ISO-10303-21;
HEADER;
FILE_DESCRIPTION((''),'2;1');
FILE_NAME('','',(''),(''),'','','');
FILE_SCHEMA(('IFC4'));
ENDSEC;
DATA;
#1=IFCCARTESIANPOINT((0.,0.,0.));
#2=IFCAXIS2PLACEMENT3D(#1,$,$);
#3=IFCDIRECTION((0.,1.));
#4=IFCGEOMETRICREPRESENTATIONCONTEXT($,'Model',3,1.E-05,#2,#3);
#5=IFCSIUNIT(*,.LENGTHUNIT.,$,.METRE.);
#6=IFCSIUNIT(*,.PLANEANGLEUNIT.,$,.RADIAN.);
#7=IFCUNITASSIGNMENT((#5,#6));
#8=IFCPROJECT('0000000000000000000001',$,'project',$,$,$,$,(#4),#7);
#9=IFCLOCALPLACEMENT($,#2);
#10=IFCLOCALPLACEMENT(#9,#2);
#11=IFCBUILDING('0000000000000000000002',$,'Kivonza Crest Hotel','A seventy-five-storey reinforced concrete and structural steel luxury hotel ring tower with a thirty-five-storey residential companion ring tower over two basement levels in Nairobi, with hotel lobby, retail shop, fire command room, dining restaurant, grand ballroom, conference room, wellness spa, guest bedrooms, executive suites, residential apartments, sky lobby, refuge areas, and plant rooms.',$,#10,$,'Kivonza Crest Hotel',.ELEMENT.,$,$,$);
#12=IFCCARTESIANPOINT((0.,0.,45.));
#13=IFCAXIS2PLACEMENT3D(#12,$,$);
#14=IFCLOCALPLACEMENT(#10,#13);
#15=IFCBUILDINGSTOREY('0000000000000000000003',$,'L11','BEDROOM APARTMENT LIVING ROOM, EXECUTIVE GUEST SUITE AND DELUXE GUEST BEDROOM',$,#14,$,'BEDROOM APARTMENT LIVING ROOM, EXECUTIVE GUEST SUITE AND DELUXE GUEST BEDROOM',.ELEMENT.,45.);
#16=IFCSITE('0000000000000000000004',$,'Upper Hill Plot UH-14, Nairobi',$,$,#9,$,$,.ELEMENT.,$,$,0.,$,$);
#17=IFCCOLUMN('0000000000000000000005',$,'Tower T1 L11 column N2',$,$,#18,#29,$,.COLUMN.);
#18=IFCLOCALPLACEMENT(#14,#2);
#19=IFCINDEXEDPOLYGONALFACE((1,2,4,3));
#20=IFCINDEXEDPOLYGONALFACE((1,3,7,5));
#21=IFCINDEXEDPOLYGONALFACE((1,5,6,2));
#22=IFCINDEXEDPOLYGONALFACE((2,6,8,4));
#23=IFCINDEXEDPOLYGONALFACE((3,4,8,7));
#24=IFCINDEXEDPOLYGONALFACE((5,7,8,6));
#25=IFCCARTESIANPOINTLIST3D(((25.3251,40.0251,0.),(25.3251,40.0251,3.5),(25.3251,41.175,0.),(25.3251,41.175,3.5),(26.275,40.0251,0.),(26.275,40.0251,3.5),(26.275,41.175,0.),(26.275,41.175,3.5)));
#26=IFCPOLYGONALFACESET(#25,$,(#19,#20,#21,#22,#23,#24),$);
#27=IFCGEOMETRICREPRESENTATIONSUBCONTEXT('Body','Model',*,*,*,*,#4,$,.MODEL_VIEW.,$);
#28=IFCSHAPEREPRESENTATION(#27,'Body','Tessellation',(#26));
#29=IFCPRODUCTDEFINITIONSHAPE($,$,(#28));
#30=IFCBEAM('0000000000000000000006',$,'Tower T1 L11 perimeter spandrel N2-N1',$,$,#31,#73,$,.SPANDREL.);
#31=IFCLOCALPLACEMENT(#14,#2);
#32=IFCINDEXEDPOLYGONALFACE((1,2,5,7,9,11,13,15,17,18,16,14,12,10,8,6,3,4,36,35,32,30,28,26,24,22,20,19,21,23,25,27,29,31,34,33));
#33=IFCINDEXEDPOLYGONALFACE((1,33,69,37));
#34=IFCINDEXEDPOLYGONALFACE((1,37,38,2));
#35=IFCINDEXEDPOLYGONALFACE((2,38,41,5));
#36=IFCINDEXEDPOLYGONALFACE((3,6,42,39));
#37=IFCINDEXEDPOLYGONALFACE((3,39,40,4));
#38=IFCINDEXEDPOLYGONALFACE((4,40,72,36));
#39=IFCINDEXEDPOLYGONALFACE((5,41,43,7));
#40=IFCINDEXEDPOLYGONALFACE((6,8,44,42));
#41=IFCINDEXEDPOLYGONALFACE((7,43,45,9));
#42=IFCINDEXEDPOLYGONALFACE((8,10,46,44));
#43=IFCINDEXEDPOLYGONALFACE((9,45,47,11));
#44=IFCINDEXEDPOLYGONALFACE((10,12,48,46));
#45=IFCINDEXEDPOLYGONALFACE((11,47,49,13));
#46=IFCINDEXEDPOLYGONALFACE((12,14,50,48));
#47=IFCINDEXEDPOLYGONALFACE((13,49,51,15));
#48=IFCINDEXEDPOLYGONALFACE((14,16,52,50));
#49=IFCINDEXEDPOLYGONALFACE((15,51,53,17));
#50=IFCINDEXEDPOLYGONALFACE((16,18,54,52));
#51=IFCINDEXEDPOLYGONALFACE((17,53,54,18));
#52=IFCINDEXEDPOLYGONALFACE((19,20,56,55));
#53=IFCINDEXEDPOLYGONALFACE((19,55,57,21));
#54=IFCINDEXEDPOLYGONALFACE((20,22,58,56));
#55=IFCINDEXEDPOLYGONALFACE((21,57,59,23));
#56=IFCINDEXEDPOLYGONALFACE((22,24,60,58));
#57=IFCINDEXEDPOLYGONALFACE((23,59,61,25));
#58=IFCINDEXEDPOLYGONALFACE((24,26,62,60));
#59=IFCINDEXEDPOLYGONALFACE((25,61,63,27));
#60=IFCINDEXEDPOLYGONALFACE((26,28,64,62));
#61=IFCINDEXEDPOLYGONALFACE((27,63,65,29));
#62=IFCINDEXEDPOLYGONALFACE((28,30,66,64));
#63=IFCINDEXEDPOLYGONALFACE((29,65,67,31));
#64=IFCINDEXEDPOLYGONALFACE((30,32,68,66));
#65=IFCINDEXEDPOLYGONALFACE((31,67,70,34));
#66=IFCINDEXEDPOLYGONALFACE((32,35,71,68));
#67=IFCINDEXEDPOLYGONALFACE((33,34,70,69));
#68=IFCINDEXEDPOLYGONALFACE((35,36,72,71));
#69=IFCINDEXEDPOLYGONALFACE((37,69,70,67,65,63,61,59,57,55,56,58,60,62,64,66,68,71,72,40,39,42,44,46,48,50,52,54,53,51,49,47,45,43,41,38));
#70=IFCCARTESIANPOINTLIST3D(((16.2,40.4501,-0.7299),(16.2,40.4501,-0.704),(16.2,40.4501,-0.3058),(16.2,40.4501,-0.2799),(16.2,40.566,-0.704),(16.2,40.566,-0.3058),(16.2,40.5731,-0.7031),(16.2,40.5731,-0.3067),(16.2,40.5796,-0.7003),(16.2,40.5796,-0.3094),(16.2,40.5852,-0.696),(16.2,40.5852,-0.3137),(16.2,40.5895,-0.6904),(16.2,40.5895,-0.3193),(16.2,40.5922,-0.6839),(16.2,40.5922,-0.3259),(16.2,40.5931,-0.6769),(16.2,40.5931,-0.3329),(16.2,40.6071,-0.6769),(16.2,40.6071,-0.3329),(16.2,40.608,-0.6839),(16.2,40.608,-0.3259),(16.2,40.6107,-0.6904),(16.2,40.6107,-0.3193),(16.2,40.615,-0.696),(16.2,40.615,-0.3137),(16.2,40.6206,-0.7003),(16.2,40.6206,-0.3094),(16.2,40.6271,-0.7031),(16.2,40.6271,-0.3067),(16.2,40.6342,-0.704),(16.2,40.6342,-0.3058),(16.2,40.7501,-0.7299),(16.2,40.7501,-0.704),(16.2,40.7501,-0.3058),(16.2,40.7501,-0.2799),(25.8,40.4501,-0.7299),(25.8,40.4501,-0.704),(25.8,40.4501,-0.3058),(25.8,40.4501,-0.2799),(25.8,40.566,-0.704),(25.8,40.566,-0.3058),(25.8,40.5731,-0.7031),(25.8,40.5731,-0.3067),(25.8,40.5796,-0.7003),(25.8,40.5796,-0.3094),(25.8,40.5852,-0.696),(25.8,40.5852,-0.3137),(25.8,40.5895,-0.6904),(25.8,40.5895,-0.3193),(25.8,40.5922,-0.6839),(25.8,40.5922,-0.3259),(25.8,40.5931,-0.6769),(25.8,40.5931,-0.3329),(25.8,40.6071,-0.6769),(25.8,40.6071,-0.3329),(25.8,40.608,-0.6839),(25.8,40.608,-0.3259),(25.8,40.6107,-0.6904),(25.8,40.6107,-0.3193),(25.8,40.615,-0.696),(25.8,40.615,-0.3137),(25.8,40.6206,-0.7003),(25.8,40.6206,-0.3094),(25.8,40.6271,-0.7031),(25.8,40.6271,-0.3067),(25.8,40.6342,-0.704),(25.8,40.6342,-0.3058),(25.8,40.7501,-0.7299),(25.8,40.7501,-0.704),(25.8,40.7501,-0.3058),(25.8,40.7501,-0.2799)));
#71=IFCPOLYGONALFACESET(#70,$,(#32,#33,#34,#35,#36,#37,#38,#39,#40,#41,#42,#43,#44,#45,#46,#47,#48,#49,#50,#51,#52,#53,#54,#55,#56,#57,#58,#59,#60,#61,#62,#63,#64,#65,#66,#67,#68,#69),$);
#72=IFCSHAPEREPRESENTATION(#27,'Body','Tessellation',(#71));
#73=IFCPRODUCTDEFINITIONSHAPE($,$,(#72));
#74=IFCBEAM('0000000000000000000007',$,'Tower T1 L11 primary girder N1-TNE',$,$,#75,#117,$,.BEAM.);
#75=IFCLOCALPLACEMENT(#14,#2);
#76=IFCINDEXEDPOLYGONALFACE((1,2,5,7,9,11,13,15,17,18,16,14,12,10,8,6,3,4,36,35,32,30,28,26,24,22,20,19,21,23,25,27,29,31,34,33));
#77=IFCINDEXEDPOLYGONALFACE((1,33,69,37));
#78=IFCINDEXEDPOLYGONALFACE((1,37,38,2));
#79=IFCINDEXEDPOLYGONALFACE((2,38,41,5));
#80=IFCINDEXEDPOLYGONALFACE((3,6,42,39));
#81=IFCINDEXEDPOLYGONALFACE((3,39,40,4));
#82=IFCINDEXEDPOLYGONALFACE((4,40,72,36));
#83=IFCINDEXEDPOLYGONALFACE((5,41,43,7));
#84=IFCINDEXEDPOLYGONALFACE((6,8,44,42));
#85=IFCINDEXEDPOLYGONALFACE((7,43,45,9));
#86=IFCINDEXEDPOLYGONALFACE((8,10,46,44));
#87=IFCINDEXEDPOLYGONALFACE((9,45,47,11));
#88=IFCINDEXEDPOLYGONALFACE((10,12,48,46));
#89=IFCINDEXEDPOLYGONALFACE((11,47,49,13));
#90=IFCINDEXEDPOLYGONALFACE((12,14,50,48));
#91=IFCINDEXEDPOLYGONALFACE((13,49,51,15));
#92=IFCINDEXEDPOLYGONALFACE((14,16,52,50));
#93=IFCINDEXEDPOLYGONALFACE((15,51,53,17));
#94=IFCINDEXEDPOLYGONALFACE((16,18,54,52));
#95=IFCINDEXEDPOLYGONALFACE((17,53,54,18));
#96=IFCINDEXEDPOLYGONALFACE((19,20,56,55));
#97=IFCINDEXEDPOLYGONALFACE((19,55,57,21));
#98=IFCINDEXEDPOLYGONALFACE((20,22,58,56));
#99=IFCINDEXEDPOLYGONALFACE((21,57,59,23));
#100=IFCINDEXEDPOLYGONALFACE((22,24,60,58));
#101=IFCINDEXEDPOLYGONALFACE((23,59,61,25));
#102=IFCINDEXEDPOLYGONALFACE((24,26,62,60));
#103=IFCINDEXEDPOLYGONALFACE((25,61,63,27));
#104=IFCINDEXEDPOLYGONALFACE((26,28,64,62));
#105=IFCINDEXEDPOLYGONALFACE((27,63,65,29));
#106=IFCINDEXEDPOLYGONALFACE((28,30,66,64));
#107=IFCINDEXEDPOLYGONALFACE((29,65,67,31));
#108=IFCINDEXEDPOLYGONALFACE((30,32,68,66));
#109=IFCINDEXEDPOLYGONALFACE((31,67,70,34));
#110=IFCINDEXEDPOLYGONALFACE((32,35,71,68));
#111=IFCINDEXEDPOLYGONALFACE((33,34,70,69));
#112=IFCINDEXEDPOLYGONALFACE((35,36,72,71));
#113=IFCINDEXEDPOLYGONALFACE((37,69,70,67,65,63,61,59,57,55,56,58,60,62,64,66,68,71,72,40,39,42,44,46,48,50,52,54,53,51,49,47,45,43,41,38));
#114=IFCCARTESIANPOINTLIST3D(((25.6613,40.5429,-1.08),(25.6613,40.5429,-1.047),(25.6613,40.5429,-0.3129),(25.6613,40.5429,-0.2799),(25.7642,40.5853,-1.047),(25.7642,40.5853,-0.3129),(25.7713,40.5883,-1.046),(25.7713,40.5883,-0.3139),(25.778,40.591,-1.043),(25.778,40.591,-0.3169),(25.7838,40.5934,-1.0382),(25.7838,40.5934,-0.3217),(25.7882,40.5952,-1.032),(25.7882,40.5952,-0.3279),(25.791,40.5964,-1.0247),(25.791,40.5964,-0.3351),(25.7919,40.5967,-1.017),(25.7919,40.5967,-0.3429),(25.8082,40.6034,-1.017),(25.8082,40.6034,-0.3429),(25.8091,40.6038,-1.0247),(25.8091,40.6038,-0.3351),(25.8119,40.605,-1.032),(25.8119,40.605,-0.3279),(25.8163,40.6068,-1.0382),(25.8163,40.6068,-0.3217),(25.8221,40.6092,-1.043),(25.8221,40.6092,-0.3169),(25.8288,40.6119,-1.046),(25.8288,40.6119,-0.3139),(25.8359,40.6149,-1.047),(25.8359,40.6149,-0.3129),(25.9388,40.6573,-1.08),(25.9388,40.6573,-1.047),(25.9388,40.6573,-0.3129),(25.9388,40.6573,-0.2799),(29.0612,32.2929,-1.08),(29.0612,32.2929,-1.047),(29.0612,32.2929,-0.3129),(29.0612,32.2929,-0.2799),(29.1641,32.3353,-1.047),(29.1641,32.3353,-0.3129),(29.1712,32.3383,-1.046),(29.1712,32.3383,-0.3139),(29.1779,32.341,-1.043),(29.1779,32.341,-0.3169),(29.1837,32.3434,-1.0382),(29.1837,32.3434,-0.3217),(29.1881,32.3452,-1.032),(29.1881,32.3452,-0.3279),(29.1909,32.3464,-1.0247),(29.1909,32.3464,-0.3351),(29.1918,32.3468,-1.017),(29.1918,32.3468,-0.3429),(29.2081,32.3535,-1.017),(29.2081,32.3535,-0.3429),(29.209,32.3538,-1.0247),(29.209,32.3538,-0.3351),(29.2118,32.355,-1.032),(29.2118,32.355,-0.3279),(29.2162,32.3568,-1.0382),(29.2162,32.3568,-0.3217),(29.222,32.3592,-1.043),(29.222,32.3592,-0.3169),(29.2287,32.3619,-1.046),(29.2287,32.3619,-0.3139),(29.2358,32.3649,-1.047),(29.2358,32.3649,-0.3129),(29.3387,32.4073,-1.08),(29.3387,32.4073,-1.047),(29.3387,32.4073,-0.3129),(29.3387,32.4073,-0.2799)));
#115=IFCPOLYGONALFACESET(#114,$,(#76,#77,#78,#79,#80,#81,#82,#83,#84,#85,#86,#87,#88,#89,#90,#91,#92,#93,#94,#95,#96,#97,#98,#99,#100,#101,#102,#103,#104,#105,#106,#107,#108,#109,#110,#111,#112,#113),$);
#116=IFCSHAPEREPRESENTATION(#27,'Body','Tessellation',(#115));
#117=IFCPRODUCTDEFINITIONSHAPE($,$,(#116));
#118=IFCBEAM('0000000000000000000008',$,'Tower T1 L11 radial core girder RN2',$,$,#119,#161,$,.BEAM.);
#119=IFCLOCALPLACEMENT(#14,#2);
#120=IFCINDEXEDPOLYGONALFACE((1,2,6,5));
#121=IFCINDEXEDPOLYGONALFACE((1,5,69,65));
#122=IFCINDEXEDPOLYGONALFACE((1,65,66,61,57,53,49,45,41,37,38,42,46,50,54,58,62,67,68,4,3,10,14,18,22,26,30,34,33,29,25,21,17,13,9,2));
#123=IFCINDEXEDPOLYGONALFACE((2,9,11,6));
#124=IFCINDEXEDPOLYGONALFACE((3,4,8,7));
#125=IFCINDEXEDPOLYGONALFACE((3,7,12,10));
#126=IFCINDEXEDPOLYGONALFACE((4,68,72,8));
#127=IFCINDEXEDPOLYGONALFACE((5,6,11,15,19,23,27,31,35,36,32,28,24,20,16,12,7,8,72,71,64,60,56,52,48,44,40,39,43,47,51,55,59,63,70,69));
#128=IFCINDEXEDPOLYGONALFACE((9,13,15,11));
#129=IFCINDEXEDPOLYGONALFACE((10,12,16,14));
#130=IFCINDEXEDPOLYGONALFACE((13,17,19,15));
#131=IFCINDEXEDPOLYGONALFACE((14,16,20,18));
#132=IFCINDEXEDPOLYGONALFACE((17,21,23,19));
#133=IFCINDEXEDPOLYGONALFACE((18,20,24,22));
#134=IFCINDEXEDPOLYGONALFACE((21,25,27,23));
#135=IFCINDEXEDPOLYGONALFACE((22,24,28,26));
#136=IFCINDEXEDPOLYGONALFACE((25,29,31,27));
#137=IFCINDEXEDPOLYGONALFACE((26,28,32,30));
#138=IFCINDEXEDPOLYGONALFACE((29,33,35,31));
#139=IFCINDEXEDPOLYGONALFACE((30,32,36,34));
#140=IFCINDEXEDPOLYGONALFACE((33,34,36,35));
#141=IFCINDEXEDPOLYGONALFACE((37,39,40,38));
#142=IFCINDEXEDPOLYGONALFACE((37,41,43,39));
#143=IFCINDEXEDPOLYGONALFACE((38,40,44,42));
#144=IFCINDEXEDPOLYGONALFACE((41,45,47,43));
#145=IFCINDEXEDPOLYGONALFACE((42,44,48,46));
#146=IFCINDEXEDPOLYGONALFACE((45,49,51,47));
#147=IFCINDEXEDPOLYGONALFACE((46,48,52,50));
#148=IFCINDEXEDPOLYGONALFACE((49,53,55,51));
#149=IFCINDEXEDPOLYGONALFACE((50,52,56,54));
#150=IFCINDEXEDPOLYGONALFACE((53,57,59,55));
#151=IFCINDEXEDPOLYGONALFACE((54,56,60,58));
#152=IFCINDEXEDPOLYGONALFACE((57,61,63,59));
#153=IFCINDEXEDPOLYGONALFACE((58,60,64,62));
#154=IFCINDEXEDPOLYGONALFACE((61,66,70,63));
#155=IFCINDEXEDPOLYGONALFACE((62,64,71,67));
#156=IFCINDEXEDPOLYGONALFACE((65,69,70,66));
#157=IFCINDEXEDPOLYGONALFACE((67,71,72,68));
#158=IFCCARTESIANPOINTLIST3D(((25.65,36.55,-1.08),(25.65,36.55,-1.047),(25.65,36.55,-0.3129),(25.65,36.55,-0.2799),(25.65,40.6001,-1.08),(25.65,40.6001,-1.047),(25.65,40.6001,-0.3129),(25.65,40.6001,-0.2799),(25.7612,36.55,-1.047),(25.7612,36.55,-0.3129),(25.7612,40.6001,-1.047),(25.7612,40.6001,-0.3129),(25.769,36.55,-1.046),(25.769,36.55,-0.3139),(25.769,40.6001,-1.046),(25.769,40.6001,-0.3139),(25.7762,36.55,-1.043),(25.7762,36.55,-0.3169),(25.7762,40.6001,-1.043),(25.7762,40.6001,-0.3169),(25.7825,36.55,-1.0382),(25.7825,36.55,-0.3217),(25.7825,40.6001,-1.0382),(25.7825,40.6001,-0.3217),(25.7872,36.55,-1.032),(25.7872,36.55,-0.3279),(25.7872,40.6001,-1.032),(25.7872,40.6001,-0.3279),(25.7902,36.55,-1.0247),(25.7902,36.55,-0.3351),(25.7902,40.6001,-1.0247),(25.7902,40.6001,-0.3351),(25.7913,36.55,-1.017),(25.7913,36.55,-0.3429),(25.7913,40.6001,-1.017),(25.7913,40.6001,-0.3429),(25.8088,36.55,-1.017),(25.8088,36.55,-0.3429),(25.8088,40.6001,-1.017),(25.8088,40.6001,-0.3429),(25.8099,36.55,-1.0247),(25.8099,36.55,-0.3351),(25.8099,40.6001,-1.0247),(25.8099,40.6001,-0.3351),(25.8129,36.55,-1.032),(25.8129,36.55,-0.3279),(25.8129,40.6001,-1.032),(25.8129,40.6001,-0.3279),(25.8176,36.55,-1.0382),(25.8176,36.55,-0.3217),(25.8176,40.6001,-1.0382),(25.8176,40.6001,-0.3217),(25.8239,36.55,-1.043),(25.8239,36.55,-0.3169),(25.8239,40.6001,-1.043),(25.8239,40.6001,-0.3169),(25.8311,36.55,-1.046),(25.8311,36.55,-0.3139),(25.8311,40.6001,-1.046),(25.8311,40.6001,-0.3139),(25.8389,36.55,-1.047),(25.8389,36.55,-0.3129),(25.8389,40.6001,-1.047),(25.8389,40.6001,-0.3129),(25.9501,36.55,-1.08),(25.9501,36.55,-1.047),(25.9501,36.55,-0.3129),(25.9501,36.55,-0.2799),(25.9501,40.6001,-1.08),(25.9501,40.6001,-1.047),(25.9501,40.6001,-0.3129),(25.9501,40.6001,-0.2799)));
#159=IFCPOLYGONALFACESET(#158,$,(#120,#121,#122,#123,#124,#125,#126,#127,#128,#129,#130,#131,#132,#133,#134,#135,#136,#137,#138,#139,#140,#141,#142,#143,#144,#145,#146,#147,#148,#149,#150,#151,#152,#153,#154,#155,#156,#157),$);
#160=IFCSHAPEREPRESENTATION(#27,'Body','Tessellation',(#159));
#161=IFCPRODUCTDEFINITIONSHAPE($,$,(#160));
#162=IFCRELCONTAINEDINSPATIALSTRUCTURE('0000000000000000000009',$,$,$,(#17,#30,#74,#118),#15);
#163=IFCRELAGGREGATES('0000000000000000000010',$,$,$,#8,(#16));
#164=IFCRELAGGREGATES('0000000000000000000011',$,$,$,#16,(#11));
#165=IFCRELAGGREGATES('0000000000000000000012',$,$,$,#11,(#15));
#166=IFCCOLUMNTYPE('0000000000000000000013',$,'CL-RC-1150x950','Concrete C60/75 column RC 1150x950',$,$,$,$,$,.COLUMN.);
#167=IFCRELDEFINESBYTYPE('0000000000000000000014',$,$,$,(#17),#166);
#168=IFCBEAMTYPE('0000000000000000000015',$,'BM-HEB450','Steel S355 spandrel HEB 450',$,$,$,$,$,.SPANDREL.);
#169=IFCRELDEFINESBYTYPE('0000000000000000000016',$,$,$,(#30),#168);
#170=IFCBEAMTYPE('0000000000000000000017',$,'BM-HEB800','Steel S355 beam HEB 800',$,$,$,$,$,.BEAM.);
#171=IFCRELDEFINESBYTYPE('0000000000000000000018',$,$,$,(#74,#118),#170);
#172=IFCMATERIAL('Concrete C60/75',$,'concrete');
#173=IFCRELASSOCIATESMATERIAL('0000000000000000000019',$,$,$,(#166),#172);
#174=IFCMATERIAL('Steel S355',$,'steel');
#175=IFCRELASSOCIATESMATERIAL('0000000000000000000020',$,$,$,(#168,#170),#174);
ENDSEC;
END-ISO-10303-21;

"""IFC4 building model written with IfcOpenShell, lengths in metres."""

from ifc_helpers import new_model, si_unit, direction, frame, origin, origin_2d, place, context, subcontext, project, spatial, rectangle, i_section, extrude, material, material_profile, profile_set, type_object, element, save


model = new_model("IFC4")

# Units and contexts
model_context = context("Model", 3, precision=1e-05, world=origin(), true_north=direction((0.0, 1.0)))
body_context = subcontext(model_context, "Body", "Model", "MODEL_VIEW")
ifc_project = project(units=[si_unit("LENGTHUNIT", "METRE"), si_unit("PLANEANGLEUNIT", "RADIAN")], contexts=[model_context])

# Site, building, storey
site_placement = place(None, origin())
site = spatial("IfcSite", under=ifc_project, at=site_placement, Name="Upper Hill Plot UH-14, Nairobi", CompositionType="ELEMENT", RefElevation=0.0)
building_placement = place(site_placement, origin())
building = spatial("IfcBuilding", under=site, at=building_placement, Name="Kivonza Crest Hotel", Description="A seventy-five-storey reinforced concrete and structural steel luxury hotel ring tower with a thirty-five-storey residential companion ring tower over two basement levels in Nairobi, with hotel lobby, retail shop, fire command room, dining restaurant, grand ballroom, conference room, wellness spa, guest bedrooms, executive suites, residential apartments, sky lobby, refuge areas, and plant rooms.", LongName="Kivonza Crest Hotel", CompositionType="ELEMENT")
storey_placement = place(building_placement, frame((0.0, 0.0, 45.0)))
storey = spatial("IfcBuildingStorey", under=building, at=storey_placement, Name="L11", Description="BEDROOM APARTMENT LIVING ROOM, EXECUTIVE GUEST SUITE AND DELUXE GUEST BEDROOM", LongName="BEDROOM APARTMENT LIVING ROOM, EXECUTIVE GUEST SUITE AND DELUXE GUEST BEDROOM", CompositionType="ELEMENT", Elevation=45.0)

# Column
ifc_material_1 = material(Name="Concrete C60/75", Category="concrete")
ifc_material_profile_1 = material_profile(ifc_material_1, rectangle(XDim=0.95, YDim=1.1499, at=origin_2d()), Name="RC 1150x950")
ifc_profile_set_1 = profile_set([ifc_material_profile_1], Name="Concrete C60/75")
column_type = type_object("IfcColumnType", Name="CL-RC-1150x950", Description="Concrete C60/75 column RC 1150x950", PredefinedType="COLUMN", material=ifc_profile_set_1)
column_placement = place(storey_placement, frame((25.8, 40.6001, 0.0), z_axis=(0.0, 0.0, 1.0), x_axis=(1.0, 0.0, 0.0)))
element("IfcColumn", 1, at=column_placement, inside=storey, type_object=column_type, Name="Tower T1 L11 column N2", PredefinedType="COLUMN", context=body_context, shape_type="SweptSolid", body=[
    extrude(rectangle(XDim=0.95, YDim=1.1499, at=origin_2d()), origin(), (0.0, 0.0, 1.0), 3.5),
])

# Beams
ifc_material_2 = material(Name="Steel S355", Category="steel")
ifc_material_profile_2 = material_profile(ifc_material_2, i_section(OverallWidth=0.3, OverallDepth=0.45, WebThickness=0.0139, FlangeThickness=0.0259, FilletRadius=0.0271, at=origin_2d()), Name="HEB 450")
ifc_profile_set_2 = profile_set([ifc_material_profile_2], Name="Steel S355")
beam_type_1 = type_object("IfcBeamType", Name="BM-HEB450", Description="Steel S355 spandrel HEB 450", PredefinedType="SPANDREL", material=ifc_profile_set_2)
beam_1_placement = place(storey_placement, frame((25.8, 40.6001, -0.5049), z_axis=(-1.0, 0.0, 0.0), x_axis=(0.0, -1.0, 0.0)))
element("IfcBeam", 2, at=beam_1_placement, inside=storey, type_object=beam_type_1, Name="Tower T1 L11 perimeter spandrel N2-N1", PredefinedType="SPANDREL", context=body_context, shape_type="SweptSolid", body=[
    extrude(i_section(OverallWidth=0.3, OverallDepth=0.45, WebThickness=0.0139, FlangeThickness=0.0259, FilletRadius=0.0271, at=origin_2d()), origin(), (0.0, 0.0, 1.0), 9.6001),
])
ifc_material_profile_3 = material_profile(ifc_material_2, i_section(OverallWidth=0.3, OverallDepth=0.8, WebThickness=0.0176, FlangeThickness=0.033, FilletRadius=0.03, at=origin_2d()), Name="HEB 800")
ifc_profile_set_3 = profile_set([ifc_material_profile_3], Name="Steel S355")
beam_type_2 = type_object("IfcBeamType", Name="BM-HEB800", Description="Steel S355 beam HEB 800", PredefinedType="BEAM", material=ifc_profile_set_3)
beam_2_placement = place(storey_placement, frame((25.8, 40.6001, -0.6799), z_axis=(0.381022, -0.924566, 0.0), x_axis=(0.924566, 0.381022, 0.0)))
element("IfcBeam", 3, at=beam_2_placement, inside=storey, type_object=beam_type_2, Name="Tower T1 L11 primary girder N1-TNE", PredefinedType="BEAM", context=body_context, shape_type="SweptSolid", body=[
    extrude(i_section(OverallWidth=0.3, OverallDepth=0.8, WebThickness=0.0176, FlangeThickness=0.033, FilletRadius=0.03, at=origin_2d()), origin(), (0.0, 0.0, 1.0), 8.9231),
])
beam_3_placement = place(storey_placement, frame((25.8, 40.6001, -0.6799), z_axis=(0.0, -1.0, 0.0), x_axis=(1.0, 0.0, 0.0)))
element("IfcBeam", 4, at=beam_3_placement, inside=storey, type_object=beam_type_2, Name="Tower T1 L11 radial core girder RN2", PredefinedType="BEAM", context=body_context, shape_type="SweptSolid", body=[
    extrude(i_section(OverallWidth=0.3, OverallDepth=0.8, WebThickness=0.0176, FlangeThickness=0.033, FilletRadius=0.03, at=origin_2d()), origin(), (0.0, 0.0, 1.0), 4.05),
])

save(model, "model.ifc")
